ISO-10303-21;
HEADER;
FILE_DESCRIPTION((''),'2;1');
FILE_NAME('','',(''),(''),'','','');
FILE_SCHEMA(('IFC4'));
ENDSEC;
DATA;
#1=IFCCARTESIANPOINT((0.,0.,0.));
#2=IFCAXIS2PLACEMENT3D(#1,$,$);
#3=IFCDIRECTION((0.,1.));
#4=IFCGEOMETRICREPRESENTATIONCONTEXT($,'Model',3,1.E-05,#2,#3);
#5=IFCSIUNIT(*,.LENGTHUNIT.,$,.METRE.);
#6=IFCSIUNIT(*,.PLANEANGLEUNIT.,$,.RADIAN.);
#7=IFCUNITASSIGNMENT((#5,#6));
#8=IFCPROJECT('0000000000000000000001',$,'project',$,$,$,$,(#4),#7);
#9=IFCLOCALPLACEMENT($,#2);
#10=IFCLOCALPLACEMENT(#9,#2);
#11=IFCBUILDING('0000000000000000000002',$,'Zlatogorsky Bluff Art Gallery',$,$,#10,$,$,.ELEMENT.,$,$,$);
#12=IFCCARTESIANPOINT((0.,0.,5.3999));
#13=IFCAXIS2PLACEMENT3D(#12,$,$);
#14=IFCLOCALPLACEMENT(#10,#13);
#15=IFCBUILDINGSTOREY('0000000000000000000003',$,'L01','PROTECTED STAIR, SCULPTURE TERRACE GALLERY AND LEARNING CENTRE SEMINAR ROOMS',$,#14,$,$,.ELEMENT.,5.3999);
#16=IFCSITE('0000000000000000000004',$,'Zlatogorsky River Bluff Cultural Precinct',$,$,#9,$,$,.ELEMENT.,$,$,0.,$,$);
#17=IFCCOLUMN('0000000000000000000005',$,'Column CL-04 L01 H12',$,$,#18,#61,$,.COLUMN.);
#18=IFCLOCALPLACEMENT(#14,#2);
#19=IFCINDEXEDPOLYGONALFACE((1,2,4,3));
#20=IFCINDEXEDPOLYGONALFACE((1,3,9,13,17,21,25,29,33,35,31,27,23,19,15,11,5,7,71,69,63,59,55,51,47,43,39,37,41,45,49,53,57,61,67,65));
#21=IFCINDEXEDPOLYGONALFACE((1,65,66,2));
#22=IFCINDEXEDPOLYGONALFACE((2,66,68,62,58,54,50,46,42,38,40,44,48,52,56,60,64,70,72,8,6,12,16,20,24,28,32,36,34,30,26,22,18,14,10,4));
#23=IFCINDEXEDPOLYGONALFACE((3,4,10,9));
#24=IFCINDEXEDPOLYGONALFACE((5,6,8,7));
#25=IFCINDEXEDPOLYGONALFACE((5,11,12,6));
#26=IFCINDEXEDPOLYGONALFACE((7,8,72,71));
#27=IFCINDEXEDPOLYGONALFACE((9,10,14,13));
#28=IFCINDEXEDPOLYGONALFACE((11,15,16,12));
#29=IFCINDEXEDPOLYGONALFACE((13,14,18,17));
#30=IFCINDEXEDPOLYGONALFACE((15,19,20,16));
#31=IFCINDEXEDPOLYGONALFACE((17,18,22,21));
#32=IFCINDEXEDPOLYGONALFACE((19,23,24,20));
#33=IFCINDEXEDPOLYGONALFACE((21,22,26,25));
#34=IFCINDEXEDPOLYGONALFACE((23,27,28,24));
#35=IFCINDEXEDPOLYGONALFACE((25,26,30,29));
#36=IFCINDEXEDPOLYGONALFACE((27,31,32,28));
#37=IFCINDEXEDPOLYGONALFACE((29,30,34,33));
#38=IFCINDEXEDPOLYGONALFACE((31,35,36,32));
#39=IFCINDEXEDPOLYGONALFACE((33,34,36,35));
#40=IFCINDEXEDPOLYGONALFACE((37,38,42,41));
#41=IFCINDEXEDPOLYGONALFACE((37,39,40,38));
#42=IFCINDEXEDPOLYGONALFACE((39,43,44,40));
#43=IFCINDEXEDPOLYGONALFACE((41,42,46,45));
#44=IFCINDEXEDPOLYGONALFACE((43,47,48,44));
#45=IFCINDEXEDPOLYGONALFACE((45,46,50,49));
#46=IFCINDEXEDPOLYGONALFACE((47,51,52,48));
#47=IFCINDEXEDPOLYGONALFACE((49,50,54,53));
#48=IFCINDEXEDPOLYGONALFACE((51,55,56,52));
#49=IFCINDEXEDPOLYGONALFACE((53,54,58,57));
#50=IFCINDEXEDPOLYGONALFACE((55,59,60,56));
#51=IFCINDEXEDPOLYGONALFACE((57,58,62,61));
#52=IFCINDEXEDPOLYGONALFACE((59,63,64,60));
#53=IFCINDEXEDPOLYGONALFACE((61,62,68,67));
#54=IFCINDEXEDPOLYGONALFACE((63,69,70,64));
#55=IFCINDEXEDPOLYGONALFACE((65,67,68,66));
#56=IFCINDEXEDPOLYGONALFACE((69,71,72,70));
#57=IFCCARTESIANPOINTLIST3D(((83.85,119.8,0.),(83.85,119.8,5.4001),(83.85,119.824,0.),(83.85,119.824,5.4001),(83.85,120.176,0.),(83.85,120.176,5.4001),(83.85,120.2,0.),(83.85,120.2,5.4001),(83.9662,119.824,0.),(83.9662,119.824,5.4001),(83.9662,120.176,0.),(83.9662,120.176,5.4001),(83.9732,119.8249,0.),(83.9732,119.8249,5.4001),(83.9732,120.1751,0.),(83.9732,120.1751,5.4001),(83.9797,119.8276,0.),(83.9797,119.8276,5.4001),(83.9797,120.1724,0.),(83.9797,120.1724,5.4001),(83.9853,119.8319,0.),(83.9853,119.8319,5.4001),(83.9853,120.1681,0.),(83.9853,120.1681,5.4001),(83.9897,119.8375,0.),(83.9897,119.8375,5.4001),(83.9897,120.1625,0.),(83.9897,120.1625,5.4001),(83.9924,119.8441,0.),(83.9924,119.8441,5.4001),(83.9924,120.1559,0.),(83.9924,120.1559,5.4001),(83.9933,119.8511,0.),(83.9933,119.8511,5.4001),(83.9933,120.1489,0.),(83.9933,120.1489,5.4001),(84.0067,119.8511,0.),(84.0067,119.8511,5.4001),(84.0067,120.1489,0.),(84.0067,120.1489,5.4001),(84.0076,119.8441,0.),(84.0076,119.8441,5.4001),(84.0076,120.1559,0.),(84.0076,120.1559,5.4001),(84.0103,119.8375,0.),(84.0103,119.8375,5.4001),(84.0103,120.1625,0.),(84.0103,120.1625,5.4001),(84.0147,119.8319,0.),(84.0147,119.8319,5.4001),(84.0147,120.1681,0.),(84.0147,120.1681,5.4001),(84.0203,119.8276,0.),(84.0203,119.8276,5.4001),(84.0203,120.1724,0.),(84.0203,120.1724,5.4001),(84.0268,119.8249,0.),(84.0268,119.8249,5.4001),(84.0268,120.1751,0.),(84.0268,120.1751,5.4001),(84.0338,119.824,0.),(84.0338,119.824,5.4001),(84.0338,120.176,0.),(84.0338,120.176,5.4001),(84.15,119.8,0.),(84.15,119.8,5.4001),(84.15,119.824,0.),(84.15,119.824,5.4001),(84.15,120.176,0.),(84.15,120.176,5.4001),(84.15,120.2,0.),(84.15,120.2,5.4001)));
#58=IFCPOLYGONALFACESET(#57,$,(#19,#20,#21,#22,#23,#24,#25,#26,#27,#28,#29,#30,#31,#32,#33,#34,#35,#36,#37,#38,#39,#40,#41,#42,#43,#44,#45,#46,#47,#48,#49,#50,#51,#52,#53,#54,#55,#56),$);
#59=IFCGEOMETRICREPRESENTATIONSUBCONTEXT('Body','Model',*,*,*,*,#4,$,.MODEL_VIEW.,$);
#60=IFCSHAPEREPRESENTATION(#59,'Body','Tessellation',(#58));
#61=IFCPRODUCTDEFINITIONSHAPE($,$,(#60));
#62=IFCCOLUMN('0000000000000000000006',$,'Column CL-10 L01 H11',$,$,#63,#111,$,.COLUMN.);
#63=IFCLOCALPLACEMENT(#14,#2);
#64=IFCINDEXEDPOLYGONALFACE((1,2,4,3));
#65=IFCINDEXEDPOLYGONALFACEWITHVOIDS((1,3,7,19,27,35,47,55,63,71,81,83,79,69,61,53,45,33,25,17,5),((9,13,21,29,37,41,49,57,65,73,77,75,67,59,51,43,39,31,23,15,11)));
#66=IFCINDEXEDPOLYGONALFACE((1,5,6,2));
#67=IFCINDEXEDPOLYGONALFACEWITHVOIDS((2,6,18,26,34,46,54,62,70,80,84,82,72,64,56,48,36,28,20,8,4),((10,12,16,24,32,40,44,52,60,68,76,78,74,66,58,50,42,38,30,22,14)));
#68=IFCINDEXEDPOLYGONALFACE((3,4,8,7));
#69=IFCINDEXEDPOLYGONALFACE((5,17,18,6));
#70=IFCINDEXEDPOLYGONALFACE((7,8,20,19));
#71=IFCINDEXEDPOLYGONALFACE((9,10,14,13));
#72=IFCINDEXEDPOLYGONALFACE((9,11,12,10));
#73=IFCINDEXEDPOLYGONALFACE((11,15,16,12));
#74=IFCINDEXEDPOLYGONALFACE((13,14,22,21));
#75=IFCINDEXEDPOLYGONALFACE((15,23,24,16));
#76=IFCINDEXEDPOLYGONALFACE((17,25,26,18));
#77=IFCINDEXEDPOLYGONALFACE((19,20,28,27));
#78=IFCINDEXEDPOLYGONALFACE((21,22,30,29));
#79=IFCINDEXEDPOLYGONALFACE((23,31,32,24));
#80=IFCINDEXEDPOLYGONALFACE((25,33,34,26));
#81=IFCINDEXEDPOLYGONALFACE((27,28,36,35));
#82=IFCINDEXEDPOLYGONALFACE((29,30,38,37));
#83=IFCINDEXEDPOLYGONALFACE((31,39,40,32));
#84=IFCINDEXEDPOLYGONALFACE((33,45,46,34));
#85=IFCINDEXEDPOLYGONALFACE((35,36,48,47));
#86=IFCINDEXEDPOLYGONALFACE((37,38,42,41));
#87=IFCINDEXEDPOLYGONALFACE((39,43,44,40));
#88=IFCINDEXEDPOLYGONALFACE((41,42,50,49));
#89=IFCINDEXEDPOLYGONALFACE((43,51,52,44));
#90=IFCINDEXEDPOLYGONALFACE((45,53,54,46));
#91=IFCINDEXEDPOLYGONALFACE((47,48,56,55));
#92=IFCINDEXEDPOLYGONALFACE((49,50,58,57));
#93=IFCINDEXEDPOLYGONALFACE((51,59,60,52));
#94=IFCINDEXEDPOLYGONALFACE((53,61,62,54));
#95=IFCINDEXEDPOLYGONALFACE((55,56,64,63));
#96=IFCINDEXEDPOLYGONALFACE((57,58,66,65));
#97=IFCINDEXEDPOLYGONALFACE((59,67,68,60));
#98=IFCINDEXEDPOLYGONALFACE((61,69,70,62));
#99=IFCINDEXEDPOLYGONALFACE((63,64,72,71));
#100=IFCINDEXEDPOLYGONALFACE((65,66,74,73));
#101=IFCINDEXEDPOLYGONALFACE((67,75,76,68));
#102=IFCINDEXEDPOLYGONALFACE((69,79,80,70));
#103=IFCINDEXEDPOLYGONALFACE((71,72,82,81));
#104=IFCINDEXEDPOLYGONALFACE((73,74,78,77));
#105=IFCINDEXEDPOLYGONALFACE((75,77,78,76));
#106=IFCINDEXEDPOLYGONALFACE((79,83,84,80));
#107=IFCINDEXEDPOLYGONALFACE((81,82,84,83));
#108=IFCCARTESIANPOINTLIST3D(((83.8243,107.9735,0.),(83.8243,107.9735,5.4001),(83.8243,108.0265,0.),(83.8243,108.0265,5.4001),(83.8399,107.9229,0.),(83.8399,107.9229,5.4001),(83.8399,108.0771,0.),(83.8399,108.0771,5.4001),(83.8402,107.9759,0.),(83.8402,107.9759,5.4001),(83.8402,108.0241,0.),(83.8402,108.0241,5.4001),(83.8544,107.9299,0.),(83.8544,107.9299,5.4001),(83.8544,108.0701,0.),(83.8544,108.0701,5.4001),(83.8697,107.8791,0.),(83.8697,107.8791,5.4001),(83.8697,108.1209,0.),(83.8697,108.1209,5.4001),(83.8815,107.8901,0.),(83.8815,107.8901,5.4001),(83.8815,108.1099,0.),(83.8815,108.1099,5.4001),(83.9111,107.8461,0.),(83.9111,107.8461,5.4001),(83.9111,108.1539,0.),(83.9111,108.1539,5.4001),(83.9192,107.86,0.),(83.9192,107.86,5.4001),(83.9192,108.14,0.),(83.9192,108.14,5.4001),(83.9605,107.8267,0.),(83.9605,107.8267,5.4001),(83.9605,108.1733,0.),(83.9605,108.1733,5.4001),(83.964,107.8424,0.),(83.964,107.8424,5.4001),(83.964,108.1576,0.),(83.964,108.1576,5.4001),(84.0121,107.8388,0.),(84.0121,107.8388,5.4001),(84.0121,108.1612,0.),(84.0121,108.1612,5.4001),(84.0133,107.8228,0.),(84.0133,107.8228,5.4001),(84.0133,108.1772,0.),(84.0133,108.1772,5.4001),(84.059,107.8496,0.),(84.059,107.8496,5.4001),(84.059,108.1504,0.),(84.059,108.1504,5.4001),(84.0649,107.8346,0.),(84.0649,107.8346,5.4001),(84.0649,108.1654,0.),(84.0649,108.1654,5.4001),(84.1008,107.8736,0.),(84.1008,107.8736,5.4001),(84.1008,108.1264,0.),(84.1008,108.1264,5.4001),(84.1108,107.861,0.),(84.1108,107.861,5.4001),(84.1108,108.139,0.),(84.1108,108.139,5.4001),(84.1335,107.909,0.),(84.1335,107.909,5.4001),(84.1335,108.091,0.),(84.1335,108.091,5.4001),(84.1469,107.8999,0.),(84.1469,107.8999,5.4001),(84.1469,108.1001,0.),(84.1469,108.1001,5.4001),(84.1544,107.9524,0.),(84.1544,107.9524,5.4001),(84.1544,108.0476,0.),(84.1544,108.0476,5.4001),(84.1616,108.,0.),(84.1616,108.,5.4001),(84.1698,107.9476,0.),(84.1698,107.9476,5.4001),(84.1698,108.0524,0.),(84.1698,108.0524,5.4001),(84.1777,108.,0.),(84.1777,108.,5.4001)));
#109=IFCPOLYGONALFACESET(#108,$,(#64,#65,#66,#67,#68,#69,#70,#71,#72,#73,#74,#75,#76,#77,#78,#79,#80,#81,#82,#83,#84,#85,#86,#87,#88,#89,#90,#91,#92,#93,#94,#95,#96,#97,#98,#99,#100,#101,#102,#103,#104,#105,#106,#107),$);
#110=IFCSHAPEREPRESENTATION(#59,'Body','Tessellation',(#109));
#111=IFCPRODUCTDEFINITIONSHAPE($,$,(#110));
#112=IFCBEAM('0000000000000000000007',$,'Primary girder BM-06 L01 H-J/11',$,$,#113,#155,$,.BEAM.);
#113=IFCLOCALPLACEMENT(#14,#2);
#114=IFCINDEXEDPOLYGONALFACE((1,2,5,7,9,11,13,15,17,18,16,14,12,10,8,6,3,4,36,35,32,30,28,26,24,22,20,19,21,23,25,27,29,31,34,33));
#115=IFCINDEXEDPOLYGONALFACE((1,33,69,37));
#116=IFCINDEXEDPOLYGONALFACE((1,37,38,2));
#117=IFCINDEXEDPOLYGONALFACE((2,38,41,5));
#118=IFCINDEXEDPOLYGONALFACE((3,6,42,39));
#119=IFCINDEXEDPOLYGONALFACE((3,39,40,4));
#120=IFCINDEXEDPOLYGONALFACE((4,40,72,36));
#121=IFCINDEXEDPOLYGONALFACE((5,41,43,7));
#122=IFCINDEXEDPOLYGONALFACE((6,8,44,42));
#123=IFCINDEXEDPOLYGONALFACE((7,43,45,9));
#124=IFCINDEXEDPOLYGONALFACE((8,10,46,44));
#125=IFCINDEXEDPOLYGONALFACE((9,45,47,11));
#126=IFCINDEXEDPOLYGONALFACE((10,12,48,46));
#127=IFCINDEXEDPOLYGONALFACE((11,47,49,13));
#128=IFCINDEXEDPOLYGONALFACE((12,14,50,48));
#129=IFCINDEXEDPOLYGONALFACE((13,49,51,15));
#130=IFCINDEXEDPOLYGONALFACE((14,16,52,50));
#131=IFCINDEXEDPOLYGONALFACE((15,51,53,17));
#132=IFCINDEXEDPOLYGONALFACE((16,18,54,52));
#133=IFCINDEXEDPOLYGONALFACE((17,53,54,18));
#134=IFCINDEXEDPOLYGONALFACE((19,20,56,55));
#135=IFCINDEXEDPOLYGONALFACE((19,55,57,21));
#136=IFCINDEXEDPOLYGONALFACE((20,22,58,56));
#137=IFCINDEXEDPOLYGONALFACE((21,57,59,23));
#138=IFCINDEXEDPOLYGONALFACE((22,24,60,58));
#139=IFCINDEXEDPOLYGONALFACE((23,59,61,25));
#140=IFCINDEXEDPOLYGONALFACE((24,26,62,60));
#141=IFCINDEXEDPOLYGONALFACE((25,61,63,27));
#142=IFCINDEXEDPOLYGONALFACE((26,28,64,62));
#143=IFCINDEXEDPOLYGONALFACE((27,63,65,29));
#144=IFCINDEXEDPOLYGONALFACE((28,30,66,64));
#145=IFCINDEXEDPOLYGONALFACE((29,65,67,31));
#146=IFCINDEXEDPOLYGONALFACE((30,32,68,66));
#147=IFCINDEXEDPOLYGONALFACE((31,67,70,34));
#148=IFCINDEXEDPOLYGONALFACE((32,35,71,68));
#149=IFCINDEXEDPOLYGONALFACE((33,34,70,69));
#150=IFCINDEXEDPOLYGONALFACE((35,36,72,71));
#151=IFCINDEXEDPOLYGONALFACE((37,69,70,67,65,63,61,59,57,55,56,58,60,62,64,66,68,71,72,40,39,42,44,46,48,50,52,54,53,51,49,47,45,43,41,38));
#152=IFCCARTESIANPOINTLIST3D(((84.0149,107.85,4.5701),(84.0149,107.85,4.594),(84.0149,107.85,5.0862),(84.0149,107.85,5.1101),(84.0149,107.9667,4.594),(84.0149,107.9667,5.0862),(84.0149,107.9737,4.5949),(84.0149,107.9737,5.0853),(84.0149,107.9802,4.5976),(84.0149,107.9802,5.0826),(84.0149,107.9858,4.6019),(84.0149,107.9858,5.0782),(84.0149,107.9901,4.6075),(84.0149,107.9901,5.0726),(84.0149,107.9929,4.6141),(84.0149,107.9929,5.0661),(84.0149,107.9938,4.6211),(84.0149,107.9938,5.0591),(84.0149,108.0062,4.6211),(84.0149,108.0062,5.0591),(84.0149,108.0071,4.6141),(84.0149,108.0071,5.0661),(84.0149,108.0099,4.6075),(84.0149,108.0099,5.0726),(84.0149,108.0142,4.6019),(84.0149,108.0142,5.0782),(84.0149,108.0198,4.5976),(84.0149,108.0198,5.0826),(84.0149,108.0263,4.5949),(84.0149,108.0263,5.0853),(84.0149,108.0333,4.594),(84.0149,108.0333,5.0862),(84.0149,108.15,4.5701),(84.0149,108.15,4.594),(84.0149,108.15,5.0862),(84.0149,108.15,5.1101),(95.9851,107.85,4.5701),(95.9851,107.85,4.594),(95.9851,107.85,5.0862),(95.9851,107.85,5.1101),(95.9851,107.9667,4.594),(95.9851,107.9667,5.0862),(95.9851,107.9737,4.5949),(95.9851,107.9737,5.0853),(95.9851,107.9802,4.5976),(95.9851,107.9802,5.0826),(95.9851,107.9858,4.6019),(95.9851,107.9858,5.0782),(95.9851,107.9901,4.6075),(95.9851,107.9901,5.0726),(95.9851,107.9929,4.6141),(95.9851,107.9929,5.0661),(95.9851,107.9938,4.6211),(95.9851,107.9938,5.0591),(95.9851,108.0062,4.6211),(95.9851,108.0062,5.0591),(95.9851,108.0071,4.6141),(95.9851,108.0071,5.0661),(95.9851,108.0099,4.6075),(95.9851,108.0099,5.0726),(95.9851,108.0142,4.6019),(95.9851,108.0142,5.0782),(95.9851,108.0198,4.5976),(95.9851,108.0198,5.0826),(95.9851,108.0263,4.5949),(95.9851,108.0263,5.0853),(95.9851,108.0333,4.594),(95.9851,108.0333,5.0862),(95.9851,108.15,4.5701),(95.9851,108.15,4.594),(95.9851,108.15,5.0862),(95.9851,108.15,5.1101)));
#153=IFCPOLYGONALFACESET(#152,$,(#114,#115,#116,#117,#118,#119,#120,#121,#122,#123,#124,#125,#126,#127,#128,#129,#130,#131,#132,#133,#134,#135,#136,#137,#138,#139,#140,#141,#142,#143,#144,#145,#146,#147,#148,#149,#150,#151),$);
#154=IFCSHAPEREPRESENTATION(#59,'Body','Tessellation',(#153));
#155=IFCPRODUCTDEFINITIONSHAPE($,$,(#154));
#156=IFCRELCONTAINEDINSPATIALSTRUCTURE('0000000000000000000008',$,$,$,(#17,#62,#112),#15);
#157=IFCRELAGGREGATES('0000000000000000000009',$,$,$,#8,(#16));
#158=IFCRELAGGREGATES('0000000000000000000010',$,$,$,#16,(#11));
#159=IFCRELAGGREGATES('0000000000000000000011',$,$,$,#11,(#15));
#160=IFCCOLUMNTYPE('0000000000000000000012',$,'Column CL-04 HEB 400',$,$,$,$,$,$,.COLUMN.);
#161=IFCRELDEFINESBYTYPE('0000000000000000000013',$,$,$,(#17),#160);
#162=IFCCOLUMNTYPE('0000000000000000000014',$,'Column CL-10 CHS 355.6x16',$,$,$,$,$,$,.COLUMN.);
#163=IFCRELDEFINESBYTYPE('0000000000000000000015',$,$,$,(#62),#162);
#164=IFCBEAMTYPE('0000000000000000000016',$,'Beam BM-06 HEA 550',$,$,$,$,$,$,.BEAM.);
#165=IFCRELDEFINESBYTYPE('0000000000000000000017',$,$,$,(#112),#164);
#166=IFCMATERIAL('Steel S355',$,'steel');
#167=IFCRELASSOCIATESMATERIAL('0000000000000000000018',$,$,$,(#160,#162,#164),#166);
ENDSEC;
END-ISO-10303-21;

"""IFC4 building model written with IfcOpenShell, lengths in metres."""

from ifc_helpers import new_model, si_unit, direction, frame, origin, origin_2d, place, context, subcontext, project, spatial, hollow_circle, i_section, extrude, material, material_profile, profile_set, type_object, element, save


model = new_model("IFC4")

# Units and contexts
model_context = context("Model", 3, precision=1e-05, world=origin(), true_north=direction((0.0, 1.0)))
body_context = subcontext(model_context, "Body", "Model", "MODEL_VIEW")
ifc_project = project(units=[si_unit("LENGTHUNIT", "METRE"), si_unit("PLANEANGLEUNIT", "RADIAN")], contexts=[model_context])

# Site, building, storey
site_placement = place(None, origin())
site = spatial("IfcSite", under=ifc_project, at=site_placement, Name="Zlatogorsky River Bluff Cultural Precinct", CompositionType="ELEMENT", RefElevation=0.0)
building_placement = place(site_placement, origin())
building = spatial("IfcBuilding", under=site, at=building_placement, Name="Zlatogorsky Bluff Art Gallery", CompositionType="ELEMENT")
storey_placement = place(building_placement, frame((0.0, 0.0, 5.3999)))
storey = spatial("IfcBuildingStorey", under=building, at=storey_placement, Name="L01", Description="PROTECTED STAIR, SCULPTURE TERRACE GALLERY AND LEARNING CENTRE SEMINAR ROOMS", CompositionType="ELEMENT", Elevation=5.3999)

# Columns
ifc_material_1 = material(Name="Steel S355", Category="steel")
ifc_material_profile_1 = material_profile(ifc_material_1, i_section(OverallWidth=0.3, OverallDepth=0.3999, WebThickness=0.0134, FlangeThickness=0.0239, FilletRadius=0.0271, at=origin_2d()), Name="HEB 400")
ifc_profile_set_1 = profile_set([ifc_material_profile_1], Name="Steel S355")
column_type_1 = type_object("IfcColumnType", Name="Column CL-04 HEB 400", PredefinedType="COLUMN", material=ifc_profile_set_1)
column_1_placement = place(storey_placement, frame((84.0, 120.0, 0.0), z_axis=(0.0, 0.0, 1.0), x_axis=(1.0, 0.0, 0.0)))
element("IfcColumn", 1, at=column_1_placement, inside=storey, type_object=column_type_1, Name="Column CL-04 L01 H12", PredefinedType="COLUMN", context=body_context, shape_type="SweptSolid", body=[
    extrude(i_section(OverallWidth=0.3, OverallDepth=0.3999, WebThickness=0.0134, FlangeThickness=0.0239, FilletRadius=0.0271, at=origin_2d()), origin(), (0.0, 0.0, 1.0), 5.4001),
])
ifc_material_profile_2 = material_profile(ifc_material_1, hollow_circle(Radius=0.1777, WallThickness=0.0161, at=origin_2d()), Name="CHS 355.6x16")
ifc_profile_set_2 = profile_set([ifc_material_profile_2], Name="Steel S355")
column_type_2 = type_object("IfcColumnType", Name="Column CL-10 CHS 355.6x16", PredefinedType="COLUMN", material=ifc_profile_set_2)
column_2_placement = place(storey_placement, frame((84.0, 108.0, 0.0), z_axis=(0.0, 0.0, 1.0), x_axis=(1.0, 0.0, 0.0)))
element("IfcColumn", 2, at=column_2_placement, inside=storey, type_object=column_type_2, Name="Column CL-10 L01 H11", PredefinedType="COLUMN", context=body_context, shape_type="SweptSolid", body=[
    extrude(hollow_circle(Radius=0.1777, WallThickness=0.0161, at=origin_2d()), origin(), (0.0, 0.0, 1.0), 5.4001),
])

# Beam
ifc_material_profile_3 = material_profile(ifc_material_1, i_section(OverallWidth=0.3, OverallDepth=0.54, WebThickness=0.0125, FlangeThickness=0.0239, FilletRadius=0.0271, at=origin_2d()), Name="HEA 550")
ifc_profile_set_3 = profile_set([ifc_material_profile_3], Name="Steel S355")
beam_type_1 = type_object("IfcBeamType", Name="Beam BM-06 HEA 550", PredefinedType="BEAM", material=ifc_profile_set_3)
beam_1_placement = place(storey_placement, frame((84.0149, 108.0, 4.8401), z_axis=(1.0, 0.0, 0.0), x_axis=(0.0, 1.0, 0.0)))
element("IfcBeam", 3, at=beam_1_placement, inside=storey, type_object=beam_type_1, Name="Primary girder BM-06 L01 H-J/11", PredefinedType="BEAM", context=body_context, shape_type="SweptSolid", body=[
    extrude(i_section(OverallWidth=0.3, OverallDepth=0.54, WebThickness=0.0125, FlangeThickness=0.0239, FilletRadius=0.0271, at=origin_2d()), origin(), (0.0, 0.0, 1.0), 11.9702),
])

save(model, "model.ifc")
